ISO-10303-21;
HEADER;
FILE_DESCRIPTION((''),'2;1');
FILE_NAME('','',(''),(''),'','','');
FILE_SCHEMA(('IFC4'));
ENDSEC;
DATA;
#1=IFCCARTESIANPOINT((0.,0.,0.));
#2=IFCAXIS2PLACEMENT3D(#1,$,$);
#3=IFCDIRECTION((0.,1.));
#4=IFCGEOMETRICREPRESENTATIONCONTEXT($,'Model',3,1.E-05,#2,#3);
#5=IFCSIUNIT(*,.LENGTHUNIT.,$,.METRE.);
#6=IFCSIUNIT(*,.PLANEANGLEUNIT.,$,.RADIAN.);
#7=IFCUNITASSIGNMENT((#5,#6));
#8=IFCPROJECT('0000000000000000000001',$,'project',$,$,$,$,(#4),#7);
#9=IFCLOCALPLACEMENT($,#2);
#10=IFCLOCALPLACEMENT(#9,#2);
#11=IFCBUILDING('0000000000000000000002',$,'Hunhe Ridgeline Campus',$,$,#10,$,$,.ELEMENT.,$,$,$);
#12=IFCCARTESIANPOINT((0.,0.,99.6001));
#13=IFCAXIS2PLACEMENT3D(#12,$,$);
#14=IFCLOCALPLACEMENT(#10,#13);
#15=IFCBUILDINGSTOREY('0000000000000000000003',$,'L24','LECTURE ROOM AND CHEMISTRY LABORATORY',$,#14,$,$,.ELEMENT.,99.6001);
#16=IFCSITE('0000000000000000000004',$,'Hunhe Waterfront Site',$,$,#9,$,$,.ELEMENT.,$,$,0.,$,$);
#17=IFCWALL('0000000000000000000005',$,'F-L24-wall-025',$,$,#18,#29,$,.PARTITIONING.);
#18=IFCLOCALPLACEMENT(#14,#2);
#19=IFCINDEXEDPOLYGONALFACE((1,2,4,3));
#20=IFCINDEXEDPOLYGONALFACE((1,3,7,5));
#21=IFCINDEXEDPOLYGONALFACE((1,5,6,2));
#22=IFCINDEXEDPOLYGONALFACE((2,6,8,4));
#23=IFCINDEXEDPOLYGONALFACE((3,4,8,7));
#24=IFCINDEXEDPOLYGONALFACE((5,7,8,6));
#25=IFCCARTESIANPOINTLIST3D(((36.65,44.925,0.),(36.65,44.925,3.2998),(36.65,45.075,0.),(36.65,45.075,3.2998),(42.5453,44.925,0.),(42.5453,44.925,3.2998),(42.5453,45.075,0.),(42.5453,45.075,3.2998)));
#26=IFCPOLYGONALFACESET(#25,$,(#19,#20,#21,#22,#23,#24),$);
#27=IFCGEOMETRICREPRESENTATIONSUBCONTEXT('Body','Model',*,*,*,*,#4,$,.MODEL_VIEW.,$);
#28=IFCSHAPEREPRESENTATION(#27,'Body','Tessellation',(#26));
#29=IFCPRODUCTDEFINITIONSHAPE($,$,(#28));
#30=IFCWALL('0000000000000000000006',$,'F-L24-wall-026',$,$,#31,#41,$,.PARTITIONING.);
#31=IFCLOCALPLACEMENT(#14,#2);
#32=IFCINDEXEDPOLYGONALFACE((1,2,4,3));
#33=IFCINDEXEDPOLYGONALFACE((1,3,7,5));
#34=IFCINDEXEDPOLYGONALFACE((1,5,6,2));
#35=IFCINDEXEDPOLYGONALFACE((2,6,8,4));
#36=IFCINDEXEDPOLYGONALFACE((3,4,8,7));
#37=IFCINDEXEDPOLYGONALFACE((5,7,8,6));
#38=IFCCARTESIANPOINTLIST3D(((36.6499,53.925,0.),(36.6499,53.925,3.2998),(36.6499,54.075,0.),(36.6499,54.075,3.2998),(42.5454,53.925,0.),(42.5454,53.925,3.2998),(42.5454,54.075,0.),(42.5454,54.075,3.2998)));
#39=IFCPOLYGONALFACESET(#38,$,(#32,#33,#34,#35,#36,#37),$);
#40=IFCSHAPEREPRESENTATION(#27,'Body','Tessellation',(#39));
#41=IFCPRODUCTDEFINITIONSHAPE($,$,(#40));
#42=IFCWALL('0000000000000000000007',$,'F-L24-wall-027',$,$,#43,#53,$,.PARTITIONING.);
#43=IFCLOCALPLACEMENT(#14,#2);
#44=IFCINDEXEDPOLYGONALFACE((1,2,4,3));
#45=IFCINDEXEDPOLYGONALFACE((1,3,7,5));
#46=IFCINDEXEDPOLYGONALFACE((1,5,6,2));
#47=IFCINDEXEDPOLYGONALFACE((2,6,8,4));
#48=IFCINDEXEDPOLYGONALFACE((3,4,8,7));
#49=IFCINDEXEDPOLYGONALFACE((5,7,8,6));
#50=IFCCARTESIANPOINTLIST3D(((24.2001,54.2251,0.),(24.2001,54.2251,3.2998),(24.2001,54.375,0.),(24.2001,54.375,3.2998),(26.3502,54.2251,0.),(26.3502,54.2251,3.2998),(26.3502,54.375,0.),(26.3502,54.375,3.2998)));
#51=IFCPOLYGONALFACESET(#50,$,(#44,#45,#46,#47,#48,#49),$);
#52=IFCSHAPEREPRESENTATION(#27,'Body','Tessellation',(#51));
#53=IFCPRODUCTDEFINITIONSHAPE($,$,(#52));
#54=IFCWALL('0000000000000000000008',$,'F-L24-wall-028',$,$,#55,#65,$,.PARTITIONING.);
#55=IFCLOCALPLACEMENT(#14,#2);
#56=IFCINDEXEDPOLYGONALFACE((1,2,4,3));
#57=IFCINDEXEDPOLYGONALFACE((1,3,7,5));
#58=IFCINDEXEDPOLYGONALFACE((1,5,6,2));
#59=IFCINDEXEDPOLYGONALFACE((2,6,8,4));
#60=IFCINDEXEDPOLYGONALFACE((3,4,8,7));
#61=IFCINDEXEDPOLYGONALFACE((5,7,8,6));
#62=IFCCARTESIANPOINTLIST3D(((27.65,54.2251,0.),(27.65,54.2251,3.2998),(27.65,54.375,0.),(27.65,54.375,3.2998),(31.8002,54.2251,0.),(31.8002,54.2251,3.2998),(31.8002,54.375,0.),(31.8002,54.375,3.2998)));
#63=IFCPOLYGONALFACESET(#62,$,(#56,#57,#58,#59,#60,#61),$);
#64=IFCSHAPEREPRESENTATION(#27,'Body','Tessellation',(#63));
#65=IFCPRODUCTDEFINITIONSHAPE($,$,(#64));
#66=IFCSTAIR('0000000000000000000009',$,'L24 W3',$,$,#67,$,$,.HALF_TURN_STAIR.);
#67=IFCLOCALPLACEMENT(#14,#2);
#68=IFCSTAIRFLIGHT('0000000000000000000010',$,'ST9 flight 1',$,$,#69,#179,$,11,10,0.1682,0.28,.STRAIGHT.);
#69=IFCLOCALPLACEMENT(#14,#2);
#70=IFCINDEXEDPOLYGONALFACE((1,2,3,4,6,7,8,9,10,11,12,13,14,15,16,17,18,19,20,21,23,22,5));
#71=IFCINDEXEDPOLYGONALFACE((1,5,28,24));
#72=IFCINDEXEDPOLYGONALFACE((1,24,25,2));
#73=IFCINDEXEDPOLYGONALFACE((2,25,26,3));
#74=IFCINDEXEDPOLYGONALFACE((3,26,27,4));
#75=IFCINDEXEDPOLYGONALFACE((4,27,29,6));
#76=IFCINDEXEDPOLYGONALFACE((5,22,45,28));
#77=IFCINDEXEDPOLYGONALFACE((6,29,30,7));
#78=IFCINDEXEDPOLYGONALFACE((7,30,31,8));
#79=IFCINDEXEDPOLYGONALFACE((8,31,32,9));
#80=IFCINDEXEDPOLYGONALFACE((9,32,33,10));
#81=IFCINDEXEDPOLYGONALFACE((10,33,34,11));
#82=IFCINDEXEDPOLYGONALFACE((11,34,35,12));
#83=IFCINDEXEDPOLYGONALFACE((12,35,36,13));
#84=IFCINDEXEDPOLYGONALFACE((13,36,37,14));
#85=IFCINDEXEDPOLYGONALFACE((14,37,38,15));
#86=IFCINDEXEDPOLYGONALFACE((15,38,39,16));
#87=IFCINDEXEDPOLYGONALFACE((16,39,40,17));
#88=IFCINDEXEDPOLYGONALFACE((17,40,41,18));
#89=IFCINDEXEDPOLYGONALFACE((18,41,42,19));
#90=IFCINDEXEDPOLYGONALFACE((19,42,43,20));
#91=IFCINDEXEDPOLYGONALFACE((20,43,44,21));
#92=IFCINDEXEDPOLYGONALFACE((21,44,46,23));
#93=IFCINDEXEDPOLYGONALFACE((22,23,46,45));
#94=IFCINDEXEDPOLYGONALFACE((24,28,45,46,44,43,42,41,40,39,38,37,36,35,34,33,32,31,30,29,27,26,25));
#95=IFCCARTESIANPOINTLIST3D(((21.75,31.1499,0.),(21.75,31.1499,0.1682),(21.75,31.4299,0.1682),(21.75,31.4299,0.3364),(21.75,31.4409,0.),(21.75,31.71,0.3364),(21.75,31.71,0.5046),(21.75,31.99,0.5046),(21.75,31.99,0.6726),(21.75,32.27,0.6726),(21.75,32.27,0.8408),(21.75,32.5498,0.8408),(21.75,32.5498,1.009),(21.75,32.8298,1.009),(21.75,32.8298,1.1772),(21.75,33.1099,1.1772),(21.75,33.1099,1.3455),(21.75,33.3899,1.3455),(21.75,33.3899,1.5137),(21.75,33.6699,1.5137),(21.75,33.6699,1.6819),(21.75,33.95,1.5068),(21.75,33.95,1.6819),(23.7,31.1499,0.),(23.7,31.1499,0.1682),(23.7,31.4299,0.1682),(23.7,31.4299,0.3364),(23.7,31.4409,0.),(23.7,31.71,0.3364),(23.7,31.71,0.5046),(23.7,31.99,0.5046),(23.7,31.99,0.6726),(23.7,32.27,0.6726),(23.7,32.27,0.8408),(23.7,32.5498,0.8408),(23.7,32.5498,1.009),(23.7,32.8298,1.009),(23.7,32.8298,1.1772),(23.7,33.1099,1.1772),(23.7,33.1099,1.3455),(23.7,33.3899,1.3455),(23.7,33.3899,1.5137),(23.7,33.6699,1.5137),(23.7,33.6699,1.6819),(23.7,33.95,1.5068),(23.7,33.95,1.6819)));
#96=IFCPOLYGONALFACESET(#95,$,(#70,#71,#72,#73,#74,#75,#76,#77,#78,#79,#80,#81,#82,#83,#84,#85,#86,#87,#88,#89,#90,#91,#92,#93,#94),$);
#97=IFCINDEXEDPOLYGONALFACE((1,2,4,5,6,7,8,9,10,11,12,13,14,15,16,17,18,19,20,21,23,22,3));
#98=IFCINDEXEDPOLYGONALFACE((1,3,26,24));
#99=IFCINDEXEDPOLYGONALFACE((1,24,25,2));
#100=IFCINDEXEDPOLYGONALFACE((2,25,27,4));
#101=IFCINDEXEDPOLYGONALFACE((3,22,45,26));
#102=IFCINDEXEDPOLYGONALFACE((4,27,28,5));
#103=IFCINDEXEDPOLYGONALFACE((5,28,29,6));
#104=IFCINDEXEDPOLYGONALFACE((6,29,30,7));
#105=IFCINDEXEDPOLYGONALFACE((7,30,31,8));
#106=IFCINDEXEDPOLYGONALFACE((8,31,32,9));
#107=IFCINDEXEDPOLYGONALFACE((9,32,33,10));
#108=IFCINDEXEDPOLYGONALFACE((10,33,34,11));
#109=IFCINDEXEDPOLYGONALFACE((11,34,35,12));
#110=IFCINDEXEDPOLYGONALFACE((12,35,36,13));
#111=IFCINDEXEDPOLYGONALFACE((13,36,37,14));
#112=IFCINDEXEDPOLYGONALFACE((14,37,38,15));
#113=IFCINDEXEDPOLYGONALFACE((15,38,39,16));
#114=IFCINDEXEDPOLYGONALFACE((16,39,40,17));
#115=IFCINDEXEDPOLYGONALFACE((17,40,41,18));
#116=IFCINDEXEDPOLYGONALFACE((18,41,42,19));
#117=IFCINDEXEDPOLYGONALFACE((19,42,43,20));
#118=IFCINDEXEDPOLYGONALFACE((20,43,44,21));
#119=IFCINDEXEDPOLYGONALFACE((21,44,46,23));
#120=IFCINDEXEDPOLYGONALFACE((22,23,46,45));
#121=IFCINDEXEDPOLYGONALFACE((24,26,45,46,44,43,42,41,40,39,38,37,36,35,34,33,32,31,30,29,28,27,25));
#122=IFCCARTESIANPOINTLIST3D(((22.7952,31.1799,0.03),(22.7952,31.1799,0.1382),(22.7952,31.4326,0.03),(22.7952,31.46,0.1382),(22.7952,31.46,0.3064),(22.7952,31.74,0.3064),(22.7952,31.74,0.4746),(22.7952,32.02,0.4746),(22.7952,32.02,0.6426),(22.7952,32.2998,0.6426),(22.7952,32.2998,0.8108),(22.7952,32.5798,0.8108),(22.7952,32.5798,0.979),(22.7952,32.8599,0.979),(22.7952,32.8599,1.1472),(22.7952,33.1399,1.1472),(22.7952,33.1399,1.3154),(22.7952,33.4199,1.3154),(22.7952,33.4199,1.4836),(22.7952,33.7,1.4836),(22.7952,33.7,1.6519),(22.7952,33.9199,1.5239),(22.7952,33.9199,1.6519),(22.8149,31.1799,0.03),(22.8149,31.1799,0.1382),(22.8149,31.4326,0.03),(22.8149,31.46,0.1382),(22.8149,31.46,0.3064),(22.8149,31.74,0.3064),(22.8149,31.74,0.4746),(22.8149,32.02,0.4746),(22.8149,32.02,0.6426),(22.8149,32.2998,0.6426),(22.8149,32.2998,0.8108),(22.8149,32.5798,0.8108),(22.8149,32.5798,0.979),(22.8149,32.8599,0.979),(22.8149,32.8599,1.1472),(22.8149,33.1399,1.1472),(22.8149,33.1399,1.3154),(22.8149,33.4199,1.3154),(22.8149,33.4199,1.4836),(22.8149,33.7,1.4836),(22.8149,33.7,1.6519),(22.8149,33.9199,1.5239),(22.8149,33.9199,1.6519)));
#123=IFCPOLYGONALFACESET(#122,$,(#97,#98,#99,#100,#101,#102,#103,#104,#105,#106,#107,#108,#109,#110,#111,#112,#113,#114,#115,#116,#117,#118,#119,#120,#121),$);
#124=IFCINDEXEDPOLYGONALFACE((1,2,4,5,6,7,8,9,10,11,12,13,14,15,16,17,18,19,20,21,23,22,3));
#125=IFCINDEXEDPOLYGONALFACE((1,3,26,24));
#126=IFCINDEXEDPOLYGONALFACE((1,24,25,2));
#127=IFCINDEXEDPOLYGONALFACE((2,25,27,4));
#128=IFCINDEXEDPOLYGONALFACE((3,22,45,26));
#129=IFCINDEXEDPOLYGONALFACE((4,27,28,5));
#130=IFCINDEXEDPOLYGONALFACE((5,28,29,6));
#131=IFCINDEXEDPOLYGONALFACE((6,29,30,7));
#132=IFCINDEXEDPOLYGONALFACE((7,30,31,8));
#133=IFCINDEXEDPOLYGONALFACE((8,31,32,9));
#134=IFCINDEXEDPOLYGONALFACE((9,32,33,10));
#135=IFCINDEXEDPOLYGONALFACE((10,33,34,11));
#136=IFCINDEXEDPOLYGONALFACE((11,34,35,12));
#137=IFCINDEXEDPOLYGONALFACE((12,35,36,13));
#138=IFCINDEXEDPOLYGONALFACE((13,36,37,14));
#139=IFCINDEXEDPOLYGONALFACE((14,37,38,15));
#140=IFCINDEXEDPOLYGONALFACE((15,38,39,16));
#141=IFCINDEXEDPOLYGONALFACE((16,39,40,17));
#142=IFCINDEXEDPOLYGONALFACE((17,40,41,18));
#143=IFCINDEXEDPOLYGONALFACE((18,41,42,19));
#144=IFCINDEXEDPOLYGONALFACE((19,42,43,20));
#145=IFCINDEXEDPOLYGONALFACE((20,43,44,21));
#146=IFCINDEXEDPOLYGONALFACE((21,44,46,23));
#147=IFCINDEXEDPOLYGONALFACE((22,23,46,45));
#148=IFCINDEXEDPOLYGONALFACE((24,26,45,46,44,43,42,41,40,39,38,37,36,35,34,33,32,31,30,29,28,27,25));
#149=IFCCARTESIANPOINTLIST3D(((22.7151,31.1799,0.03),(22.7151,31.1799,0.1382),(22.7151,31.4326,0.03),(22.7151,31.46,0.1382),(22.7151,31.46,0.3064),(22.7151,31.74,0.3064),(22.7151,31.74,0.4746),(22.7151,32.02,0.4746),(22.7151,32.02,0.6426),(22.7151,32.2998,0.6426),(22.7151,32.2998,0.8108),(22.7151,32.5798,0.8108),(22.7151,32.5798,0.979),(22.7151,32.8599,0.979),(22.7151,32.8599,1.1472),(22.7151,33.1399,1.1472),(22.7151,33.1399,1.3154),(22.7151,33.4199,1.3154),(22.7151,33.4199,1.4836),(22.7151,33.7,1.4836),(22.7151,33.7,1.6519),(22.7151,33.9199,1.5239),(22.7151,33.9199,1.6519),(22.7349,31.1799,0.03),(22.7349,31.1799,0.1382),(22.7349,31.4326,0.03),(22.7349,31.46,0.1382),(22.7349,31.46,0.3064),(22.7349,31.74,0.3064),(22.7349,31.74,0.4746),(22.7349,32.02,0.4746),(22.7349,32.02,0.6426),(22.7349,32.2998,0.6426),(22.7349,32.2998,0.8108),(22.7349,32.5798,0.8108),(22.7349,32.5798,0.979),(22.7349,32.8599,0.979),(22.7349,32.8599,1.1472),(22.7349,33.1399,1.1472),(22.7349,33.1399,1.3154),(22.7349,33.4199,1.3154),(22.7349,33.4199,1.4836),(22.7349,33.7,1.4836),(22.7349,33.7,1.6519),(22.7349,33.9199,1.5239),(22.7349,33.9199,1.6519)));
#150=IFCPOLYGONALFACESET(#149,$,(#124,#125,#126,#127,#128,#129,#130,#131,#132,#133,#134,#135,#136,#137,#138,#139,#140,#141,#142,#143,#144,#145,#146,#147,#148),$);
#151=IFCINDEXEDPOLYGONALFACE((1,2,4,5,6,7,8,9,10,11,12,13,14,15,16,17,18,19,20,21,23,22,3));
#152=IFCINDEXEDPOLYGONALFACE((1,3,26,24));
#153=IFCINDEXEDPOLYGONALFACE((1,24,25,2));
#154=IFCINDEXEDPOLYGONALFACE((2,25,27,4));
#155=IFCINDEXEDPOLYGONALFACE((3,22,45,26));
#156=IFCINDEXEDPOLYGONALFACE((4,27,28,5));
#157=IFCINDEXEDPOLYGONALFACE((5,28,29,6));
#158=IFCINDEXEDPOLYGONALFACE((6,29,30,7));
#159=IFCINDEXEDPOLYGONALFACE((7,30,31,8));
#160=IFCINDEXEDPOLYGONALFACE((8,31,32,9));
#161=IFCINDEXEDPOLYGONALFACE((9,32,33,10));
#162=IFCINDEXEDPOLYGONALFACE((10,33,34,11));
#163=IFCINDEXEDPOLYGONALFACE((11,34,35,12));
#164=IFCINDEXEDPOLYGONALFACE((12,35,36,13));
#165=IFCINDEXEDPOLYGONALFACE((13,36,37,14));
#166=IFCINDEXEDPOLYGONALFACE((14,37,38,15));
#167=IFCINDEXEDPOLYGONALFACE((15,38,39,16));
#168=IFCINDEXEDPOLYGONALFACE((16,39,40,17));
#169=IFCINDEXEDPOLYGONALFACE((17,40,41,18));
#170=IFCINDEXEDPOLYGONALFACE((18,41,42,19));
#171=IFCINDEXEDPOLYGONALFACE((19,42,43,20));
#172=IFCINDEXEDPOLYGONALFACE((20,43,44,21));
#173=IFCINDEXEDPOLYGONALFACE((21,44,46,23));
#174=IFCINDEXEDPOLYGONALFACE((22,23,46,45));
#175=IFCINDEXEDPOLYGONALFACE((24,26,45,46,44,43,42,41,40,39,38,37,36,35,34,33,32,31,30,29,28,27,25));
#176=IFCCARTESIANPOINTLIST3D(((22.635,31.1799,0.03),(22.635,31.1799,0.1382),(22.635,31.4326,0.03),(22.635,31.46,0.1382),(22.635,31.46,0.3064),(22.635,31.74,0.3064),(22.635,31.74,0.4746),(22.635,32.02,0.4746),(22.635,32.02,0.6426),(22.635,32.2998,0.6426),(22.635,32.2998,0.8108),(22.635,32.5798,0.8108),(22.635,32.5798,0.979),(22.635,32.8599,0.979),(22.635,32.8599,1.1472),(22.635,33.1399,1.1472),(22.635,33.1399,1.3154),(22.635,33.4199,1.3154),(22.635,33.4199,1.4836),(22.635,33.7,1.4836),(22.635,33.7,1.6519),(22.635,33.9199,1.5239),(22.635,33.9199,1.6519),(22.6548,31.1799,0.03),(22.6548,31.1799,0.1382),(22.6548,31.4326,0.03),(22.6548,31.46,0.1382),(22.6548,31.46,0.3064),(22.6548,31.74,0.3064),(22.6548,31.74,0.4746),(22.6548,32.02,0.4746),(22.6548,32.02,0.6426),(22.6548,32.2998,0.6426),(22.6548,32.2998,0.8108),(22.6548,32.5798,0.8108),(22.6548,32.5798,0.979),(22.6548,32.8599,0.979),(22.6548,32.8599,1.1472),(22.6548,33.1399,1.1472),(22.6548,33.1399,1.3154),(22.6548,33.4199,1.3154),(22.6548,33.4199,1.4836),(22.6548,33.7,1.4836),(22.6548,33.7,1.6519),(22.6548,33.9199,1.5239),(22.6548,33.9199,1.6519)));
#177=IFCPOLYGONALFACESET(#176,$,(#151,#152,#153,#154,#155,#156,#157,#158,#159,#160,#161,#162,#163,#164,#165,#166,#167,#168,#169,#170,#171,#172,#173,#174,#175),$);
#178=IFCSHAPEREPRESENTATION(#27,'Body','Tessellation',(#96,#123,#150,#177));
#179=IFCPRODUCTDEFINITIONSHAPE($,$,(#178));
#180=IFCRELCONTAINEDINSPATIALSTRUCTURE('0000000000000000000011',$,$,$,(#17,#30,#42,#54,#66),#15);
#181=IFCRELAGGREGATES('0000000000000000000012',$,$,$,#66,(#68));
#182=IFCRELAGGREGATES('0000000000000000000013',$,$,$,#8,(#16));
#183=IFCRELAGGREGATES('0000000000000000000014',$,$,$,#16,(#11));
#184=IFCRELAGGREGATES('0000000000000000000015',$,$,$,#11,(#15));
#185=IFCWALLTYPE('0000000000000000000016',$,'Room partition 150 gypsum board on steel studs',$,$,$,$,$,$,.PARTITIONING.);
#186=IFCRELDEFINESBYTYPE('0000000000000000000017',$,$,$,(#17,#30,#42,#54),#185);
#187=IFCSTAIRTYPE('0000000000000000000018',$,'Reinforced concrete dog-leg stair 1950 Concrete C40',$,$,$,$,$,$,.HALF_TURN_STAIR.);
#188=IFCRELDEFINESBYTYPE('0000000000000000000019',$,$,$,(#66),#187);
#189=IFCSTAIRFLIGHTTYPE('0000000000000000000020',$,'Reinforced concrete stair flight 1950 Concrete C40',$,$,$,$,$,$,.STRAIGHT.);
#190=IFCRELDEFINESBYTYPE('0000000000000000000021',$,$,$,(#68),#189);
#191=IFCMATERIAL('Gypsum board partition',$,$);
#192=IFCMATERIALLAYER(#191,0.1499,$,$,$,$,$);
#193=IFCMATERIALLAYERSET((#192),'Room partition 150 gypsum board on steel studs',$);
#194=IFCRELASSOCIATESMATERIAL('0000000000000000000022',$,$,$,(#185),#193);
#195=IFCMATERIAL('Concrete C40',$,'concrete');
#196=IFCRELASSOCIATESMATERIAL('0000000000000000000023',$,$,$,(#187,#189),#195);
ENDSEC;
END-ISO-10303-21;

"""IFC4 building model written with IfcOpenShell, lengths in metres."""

from ifc_helpers import new_model, si_unit, direction, frame, frame_2d, origin, place, context, subcontext, project, spatial, polyline, rectangle, outline, extrude, material, layer, layer_set, type_object, element, aggregate, save


model = new_model("IFC4")

# Units and contexts
model_context = context("Model", 3, precision=1e-05, world=origin(), true_north=direction((0.0, 1.0)))
body_context = subcontext(model_context, "Body", "Model", "MODEL_VIEW")
ifc_project = project(units=[si_unit("LENGTHUNIT", "METRE"), si_unit("PLANEANGLEUNIT", "RADIAN")], contexts=[model_context])

# Site, building, storey
site_placement = place(None, origin())
site = spatial("IfcSite", under=ifc_project, at=site_placement, Name="Hunhe Waterfront Site", CompositionType="ELEMENT", RefElevation=0.0)
building_placement = place(site_placement, origin())
building = spatial("IfcBuilding", under=site, at=building_placement, Name="Hunhe Ridgeline Campus", CompositionType="ELEMENT")
storey_placement = place(building_placement, frame((0.0, 0.0, 99.6001)))
storey = spatial("IfcBuildingStorey", under=building, at=storey_placement, Name="L24", Description="LECTURE ROOM AND CHEMISTRY LABORATORY", CompositionType="ELEMENT", Elevation=99.6001)

# Shared definitions
ifc_material_1 = material(Name="Gypsum board partition")

# Walls
ifc_layer_1 = layer(ifc_material_1, 0.1499)
ifc_layer_set_1 = layer_set([ifc_layer_1], Name="Room partition 150 gypsum board on steel studs")
wall_type_1 = type_object("IfcWallType", Name="Room partition 150 gypsum board on steel studs", PredefinedType="PARTITIONING", material=ifc_layer_set_1)
wall_1_placement = place(storey_placement, frame((36.6499, 45.0, 0.0), z_axis=(0.0, 0.0, 1.0), x_axis=(1.0, 0.0, 0.0)))
element("IfcWall", 1, at=wall_1_placement, inside=storey, type_object=wall_type_1, Name="F-L24-wall-025", PredefinedType="PARTITIONING", context=body_context, shape_type="SweptSolid", body=[
    extrude(rectangle(XDim=5.8953, YDim=0.1499, at=frame_2d((2.9478, 0.0))), origin(), (0.0, 0.0, 1.0), 3.2998),
])
wall_2_placement = place(storey_placement, frame((36.6499, 54.0, 0.0), z_axis=(0.0, 0.0, 1.0), x_axis=(1.0, 0.0, 0.0)))
element("IfcWall", 2, at=wall_2_placement, inside=storey, type_object=wall_type_1, Name="F-L24-wall-026", PredefinedType="PARTITIONING", context=body_context, shape_type="SweptSolid", body=[
    extrude(rectangle(XDim=5.8955, YDim=0.1499, at=frame_2d((2.9478, 0.0))), origin(), (0.0, 0.0, 1.0), 3.2998),
])
wall_3_placement = place(storey_placement, frame((24.2, 54.3, 0.0), z_axis=(0.0, 0.0, 1.0), x_axis=(1.0, 0.0, 0.0)))
element("IfcWall", 3, at=wall_3_placement, inside=storey, type_object=wall_type_1, Name="F-L24-wall-027", PredefinedType="PARTITIONING", context=body_context, shape_type="SweptSolid", body=[
    extrude(rectangle(XDim=2.1501, YDim=0.1499, at=frame_2d((1.0752, 0.0))), origin(), (0.0, 0.0, 1.0), 3.2998),
])
wall_4_placement = place(storey_placement, frame((27.6499, 54.3, 0.0), z_axis=(0.0, 0.0, 1.0), x_axis=(1.0, 0.0, 0.0)))
element("IfcWall", 4, at=wall_4_placement, inside=storey, type_object=wall_type_1, Name="F-L24-wall-028", PredefinedType="PARTITIONING", context=body_context, shape_type="SweptSolid", body=[
    extrude(rectangle(XDim=4.1501, YDim=0.1499, at=frame_2d((2.0752, 0.0))), origin(), (0.0, 0.0, 1.0), 3.2998),
])

# Stair, stair flight
ifc_material_2 = material(Name="Concrete C40", Category="concrete")
stair_type = type_object("IfcStairType", Name="Reinforced concrete dog-leg stair 1950 Concrete C40", PredefinedType="HALF_TURN_STAIR", material=ifc_material_2)
stair_placement = place(storey_placement, origin())
stair = element("IfcStair", 5, at=stair_placement, inside=storey, type_object=stair_type, Name="L24 W3", PredefinedType="HALF_TURN_STAIR")
stair_flight_type = type_object("IfcStairFlightType", Name="Reinforced concrete stair flight 1950 Concrete C40", PredefinedType="STRAIGHT", material=ifc_material_2)
stair_flight_placement = place(storey_placement, frame((22.7251, 31.1499, 0.0), z_axis=(0.0, 0.0, 1.0), x_axis=(0.0, 1.0, 0.0)))
stair_flight = element("IfcStairFlight", 6, at=stair_flight_placement, type_object=stair_flight_type, Name="ST9 flight 1", NumberOfRisers=11, NumberOfTreads=10, PredefinedType="STRAIGHT", RiserHeight=0.1682, TreadLength=0.28, context=body_context, shape_type="SweptSolid", body=[
    extrude(outline(polyline([(0.0, 0.0), (0.0, 0.1682), (0.28, 0.1682), (0.28, 0.3364), (0.5601, 0.3364), (0.5601, 0.5046), (0.8401, 0.5046), (0.8401, 0.6726), (1.1201, 0.6726), (1.1201, 0.8408), (1.3999, 0.8408), (1.3999, 1.009), (1.6799, 1.009), (1.6799, 1.1772), (1.96, 1.1772), (1.96, 1.3455), (2.24, 1.3455), (2.24, 1.5137), (2.52, 1.5137), (2.52, 1.6819), (2.8, 1.6819), (2.8, 1.8501), (2.8, 1.5068), (0.291, 0.0), (0.0, 0.0)])), frame((0.0, 0.9751, 0.0), z_axis=(0.0, -1.0, 0.0), x_axis=(1.0, 0.0, 0.0)), (0.0, 0.0, 1.0), 1.95),
    extrude(outline(polyline([(0.03, 0.03), (0.03, 0.1382), (0.3101, 0.1382), (0.3101, 0.3064), (0.5901, 0.3064), (0.5901, 0.4746), (0.8701, 0.4746), (0.8701, 0.6426), (1.1499, 0.6426), (1.1499, 0.8108), (1.4299, 0.8108), (1.4299, 0.979), (1.71, 0.979), (1.71, 1.1472), (1.99, 1.1472), (1.99, 1.3154), (2.27, 1.3154), (2.27, 1.4836), (2.55, 1.4836), (2.55, 1.6519), (2.77, 1.6519), (2.77, 1.5239), (0.2827, 0.03), (0.03, 0.03)])), frame((0.0, -0.0701, 0.0), z_axis=(0.0, -1.0, 0.0), x_axis=(1.0, 0.0, 0.0)), (0.0, 0.0, 1.0), 0.0198),
    extrude(outline(polyline([(0.03, 0.03), (0.03, 0.1382), (0.3101, 0.1382), (0.3101, 0.3064), (0.5901, 0.3064), (0.5901, 0.4746), (0.8701, 0.4746), (0.8701, 0.6426), (1.1499, 0.6426), (1.1499, 0.8108), (1.4299, 0.8108), (1.4299, 0.979), (1.71, 0.979), (1.71, 1.1472), (1.99, 1.1472), (1.99, 1.3154), (2.27, 1.3154), (2.27, 1.4836), (2.55, 1.4836), (2.55, 1.6519), (2.77, 1.6519), (2.77, 1.5239), (0.2827, 0.03), (0.03, 0.03)])), frame((0.0, 0.01, 0.0), z_axis=(0.0, -1.0, 0.0), x_axis=(1.0, 0.0, 0.0)), (0.0, 0.0, 1.0), 0.0198),
    extrude(outline(polyline([(0.03, 0.03), (0.03, 0.1382), (0.3101, 0.1382), (0.3101, 0.3064), (0.5901, 0.3064), (0.5901, 0.4746), (0.8701, 0.4746), (0.8701, 0.6426), (1.1499, 0.6426), (1.1499, 0.8108), (1.4299, 0.8108), (1.4299, 0.979), (1.71, 0.979), (1.71, 1.1472), (1.99, 1.1472), (1.99, 1.3154), (2.27, 1.3154), (2.27, 1.4836), (2.55, 1.4836), (2.55, 1.6519), (2.77, 1.6519), (2.77, 1.5239), (0.2827, 0.03), (0.03, 0.03)])), frame((0.0, 0.0901, 0.0), z_axis=(0.0, -1.0, 0.0), x_axis=(1.0, 0.0, 0.0)), (0.0, 0.0, 1.0), 0.0198),
])
aggregate(stair, [stair_flight])

save(model, "model.ifc")
